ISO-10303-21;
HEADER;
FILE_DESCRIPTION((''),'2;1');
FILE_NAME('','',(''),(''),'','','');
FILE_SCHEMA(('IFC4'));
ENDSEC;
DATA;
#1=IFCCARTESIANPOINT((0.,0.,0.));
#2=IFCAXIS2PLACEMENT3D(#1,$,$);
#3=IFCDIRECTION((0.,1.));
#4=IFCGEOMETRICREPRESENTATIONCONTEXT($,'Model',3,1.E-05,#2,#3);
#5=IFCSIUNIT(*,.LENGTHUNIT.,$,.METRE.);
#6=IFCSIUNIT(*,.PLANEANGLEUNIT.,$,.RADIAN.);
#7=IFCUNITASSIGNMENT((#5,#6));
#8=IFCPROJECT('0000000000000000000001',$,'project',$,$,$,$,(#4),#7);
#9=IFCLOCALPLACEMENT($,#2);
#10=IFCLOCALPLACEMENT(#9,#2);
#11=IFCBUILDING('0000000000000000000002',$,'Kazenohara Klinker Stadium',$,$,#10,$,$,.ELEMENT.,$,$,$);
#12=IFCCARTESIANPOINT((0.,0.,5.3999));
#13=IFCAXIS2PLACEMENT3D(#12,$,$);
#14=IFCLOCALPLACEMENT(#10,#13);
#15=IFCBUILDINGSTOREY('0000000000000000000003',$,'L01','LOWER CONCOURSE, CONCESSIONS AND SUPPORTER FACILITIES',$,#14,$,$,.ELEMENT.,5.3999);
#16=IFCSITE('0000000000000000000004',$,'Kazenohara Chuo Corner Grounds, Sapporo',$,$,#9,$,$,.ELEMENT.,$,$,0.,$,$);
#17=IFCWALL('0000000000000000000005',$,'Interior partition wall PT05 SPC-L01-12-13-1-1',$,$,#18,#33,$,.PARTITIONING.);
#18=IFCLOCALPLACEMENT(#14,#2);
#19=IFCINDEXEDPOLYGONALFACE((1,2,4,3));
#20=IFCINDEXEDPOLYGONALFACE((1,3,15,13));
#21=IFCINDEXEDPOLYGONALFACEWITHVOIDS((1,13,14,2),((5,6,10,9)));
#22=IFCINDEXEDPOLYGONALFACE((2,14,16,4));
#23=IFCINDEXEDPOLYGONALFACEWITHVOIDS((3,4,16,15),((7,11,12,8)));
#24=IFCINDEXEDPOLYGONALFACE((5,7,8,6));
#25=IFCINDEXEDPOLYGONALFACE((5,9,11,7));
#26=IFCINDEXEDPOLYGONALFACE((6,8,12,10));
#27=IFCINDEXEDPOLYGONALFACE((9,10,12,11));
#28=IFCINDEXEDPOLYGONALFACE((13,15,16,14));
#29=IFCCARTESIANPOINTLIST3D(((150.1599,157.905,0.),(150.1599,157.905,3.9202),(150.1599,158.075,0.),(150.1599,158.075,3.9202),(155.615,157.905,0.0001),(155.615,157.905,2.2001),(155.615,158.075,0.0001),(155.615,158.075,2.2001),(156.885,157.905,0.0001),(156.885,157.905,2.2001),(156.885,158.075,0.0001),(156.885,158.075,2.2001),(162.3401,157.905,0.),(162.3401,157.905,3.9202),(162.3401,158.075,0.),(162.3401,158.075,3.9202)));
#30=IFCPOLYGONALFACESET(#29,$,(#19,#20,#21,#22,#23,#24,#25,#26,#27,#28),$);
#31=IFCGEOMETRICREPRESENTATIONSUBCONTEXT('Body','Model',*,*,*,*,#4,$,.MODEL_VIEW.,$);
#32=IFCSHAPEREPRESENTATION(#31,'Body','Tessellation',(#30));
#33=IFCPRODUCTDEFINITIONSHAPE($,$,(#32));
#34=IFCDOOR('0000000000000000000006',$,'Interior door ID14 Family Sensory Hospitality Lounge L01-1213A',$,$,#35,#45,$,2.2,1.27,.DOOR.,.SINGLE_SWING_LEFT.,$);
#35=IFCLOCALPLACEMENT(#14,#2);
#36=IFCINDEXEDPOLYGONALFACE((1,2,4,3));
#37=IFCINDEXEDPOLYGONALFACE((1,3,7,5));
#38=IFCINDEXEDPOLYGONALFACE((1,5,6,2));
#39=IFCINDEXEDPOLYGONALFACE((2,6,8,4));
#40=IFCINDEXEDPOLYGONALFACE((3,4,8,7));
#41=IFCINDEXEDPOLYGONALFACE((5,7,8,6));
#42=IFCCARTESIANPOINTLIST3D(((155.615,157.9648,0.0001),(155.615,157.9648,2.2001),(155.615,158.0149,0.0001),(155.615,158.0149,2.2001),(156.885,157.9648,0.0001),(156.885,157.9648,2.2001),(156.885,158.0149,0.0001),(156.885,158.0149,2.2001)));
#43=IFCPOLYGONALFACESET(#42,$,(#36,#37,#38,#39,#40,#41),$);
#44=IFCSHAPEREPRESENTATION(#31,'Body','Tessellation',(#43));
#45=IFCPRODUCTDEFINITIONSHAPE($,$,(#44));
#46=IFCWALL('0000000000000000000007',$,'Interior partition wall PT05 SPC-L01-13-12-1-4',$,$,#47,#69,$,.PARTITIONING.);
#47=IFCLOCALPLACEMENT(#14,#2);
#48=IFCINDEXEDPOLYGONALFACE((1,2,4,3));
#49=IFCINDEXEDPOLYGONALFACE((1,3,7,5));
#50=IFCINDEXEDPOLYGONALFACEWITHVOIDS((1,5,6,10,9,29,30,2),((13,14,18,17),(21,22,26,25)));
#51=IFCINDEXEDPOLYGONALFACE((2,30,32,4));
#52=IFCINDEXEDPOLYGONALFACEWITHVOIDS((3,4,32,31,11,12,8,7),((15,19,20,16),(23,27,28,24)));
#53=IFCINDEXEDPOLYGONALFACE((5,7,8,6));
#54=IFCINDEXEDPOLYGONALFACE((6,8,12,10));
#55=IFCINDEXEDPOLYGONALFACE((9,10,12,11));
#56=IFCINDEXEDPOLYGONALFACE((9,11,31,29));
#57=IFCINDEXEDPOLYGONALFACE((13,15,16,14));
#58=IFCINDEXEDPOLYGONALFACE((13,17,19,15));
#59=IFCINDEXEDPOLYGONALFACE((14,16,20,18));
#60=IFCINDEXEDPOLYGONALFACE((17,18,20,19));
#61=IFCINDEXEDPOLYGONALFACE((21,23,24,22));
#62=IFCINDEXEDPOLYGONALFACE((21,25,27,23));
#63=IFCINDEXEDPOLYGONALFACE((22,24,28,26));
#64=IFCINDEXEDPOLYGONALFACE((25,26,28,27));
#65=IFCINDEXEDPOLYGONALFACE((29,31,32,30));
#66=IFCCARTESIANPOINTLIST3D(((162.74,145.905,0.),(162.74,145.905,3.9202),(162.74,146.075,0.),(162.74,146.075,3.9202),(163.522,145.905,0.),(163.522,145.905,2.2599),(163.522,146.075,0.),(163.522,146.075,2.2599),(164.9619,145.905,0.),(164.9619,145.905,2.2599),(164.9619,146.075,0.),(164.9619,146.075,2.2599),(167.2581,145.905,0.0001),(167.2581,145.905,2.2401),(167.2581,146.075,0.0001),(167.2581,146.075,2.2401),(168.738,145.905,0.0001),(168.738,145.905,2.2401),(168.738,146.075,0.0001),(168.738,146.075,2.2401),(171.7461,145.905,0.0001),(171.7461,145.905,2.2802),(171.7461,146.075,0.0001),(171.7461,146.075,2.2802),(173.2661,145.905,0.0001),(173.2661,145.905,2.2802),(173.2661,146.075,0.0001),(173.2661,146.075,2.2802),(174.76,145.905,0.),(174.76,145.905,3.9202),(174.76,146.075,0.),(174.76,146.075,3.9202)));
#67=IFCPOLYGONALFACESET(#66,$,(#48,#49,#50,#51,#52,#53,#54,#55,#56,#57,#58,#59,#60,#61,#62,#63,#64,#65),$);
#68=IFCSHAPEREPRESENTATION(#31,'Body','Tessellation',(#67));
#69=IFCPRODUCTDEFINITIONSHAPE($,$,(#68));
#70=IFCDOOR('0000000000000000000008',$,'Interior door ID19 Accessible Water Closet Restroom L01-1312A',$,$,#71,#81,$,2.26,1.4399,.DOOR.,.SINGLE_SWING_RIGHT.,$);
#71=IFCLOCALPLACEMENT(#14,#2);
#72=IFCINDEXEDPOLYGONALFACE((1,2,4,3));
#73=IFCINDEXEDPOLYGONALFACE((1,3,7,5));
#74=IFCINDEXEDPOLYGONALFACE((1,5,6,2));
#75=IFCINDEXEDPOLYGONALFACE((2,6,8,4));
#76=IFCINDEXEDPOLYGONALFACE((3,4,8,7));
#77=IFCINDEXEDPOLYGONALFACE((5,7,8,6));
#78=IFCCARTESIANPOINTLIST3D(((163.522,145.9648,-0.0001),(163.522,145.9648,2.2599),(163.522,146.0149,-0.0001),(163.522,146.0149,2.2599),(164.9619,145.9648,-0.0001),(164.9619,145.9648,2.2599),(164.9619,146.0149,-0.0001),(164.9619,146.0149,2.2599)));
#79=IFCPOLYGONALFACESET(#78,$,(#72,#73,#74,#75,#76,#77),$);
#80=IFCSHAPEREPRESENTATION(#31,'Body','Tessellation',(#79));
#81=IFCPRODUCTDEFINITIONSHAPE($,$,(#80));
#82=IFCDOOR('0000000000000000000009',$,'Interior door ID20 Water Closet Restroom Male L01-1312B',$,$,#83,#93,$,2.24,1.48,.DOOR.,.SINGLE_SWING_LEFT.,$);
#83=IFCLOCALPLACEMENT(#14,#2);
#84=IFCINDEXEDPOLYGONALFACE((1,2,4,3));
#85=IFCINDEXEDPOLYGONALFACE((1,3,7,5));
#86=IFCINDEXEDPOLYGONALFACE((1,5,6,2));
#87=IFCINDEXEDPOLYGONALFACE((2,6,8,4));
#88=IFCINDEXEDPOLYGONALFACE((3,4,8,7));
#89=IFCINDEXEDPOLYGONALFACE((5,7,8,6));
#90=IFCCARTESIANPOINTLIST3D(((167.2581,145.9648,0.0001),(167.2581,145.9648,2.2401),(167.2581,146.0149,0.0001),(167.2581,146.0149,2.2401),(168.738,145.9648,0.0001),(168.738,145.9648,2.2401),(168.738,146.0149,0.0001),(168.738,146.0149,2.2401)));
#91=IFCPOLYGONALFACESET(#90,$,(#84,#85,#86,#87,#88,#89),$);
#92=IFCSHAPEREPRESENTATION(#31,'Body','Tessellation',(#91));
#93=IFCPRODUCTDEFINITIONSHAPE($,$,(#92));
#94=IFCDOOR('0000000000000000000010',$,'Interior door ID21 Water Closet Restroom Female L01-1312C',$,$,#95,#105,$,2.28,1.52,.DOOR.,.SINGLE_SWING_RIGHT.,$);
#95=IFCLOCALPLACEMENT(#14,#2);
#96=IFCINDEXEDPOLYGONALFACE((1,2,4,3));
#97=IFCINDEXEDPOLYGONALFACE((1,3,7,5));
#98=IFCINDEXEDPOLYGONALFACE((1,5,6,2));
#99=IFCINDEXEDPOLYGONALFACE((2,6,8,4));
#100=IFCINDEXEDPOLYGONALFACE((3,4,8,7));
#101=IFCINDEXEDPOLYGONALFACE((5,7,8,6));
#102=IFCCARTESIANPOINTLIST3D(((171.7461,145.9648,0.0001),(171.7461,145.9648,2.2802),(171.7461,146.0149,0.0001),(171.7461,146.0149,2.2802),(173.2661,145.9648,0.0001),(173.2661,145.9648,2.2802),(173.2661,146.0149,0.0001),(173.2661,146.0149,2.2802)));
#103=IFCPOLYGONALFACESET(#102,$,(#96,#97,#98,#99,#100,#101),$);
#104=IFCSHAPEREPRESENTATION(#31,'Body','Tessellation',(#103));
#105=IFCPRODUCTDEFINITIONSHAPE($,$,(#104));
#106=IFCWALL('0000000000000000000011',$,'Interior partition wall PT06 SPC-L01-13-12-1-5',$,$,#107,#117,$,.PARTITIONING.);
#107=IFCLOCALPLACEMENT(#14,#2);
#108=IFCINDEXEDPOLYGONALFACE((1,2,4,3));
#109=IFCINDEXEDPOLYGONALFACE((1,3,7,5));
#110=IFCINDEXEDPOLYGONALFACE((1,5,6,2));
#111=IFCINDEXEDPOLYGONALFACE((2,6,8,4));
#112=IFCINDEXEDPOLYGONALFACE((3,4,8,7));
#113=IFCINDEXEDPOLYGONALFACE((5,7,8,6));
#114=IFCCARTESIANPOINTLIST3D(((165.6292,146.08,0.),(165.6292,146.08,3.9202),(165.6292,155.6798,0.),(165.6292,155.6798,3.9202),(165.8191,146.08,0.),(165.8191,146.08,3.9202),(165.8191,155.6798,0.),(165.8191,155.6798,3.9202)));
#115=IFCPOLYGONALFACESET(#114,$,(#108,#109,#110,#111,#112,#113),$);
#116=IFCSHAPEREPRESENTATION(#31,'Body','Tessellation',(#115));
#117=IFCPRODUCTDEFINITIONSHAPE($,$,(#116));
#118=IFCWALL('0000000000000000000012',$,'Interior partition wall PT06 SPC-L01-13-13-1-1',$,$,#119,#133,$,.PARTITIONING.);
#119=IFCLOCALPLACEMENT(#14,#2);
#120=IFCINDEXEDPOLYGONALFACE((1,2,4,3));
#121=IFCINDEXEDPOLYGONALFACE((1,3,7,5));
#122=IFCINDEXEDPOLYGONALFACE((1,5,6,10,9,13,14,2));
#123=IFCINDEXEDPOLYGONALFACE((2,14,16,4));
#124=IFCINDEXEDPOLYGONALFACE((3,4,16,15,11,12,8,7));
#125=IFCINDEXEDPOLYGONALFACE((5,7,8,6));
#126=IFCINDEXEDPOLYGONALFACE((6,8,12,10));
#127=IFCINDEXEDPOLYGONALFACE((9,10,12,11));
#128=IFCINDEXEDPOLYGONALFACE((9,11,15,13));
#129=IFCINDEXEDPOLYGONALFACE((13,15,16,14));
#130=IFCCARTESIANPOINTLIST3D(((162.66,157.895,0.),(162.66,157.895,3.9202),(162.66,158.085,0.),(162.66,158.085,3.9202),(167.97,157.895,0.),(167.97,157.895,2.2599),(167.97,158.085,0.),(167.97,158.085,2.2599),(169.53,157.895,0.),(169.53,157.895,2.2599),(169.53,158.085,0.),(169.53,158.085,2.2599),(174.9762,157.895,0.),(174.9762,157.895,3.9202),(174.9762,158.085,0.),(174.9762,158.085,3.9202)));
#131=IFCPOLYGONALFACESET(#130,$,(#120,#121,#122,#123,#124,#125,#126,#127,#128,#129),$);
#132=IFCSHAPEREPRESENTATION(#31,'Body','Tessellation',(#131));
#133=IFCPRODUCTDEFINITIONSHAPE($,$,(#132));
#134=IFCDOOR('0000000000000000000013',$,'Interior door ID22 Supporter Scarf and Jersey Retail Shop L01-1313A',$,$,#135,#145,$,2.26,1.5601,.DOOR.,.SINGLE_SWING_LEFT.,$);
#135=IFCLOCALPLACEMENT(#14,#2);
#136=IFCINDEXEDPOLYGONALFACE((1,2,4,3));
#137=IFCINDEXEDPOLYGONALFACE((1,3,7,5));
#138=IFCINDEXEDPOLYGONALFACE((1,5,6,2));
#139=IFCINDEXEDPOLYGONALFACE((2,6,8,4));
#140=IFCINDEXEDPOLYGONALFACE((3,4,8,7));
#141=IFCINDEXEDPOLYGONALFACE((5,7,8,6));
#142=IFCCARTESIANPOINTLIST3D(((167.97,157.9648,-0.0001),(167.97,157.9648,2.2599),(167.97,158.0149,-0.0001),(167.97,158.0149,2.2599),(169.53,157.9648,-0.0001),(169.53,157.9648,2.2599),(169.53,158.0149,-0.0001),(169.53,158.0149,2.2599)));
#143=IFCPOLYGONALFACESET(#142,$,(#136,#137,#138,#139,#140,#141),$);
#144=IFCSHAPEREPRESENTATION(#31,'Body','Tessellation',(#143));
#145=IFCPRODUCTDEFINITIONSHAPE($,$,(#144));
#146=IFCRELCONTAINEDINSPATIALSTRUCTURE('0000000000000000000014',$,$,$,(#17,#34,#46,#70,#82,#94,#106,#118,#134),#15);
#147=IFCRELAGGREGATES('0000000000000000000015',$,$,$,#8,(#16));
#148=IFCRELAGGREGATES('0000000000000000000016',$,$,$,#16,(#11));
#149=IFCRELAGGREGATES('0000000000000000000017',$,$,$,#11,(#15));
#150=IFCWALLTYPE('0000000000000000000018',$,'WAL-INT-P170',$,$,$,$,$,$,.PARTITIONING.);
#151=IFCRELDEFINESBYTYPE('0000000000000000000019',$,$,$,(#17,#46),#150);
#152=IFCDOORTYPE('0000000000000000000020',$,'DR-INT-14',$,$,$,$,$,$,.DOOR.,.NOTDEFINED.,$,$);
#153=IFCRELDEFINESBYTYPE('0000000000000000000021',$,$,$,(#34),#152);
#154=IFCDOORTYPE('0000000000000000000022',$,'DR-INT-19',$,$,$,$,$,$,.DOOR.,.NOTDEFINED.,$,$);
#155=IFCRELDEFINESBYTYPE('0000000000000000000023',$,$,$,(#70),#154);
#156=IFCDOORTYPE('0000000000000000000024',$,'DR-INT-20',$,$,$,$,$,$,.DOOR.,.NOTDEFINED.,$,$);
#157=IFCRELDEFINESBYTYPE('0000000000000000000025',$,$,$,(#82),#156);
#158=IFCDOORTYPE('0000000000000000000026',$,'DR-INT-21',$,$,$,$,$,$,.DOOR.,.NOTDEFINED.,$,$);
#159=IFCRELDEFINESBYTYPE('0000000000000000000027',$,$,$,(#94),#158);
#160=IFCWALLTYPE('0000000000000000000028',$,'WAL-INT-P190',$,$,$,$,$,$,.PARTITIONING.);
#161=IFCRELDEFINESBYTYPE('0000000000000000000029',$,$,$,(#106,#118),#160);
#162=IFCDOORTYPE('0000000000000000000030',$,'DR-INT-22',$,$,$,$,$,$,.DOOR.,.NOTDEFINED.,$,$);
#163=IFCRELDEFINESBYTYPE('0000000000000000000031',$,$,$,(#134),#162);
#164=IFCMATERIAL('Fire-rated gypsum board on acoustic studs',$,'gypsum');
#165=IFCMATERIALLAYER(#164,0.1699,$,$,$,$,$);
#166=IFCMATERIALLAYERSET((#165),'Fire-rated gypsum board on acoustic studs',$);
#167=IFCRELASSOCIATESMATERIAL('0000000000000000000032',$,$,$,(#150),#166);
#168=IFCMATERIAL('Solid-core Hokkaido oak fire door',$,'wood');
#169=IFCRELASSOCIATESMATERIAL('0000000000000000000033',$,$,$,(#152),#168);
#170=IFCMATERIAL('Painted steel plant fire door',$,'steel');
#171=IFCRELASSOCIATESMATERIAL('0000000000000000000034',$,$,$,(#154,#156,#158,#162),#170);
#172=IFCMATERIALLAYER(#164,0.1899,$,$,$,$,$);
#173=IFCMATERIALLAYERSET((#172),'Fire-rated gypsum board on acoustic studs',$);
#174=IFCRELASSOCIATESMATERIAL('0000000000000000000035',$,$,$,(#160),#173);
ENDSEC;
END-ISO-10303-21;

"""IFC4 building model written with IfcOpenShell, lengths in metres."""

from ifc_helpers import new_model, si_unit, direction, frame, frame_2d, origin, place, context, subcontext, project, spatial, rectangle, extrude, material, layer, layer_set, type_object, element, fill, save


model = new_model("IFC4")

# Units and contexts
model_context = context("Model", 3, precision=1e-05, world=origin(), true_north=direction((0.0, 1.0)))
body_context = subcontext(model_context, "Body", "Model", "MODEL_VIEW")
ifc_project = project(units=[si_unit("LENGTHUNIT", "METRE"), si_unit("PLANEANGLEUNIT", "RADIAN")], contexts=[model_context])

# Site, building, storey
site_placement = place(None, origin())
site = spatial("IfcSite", under=ifc_project, at=site_placement, Name="Kazenohara Chuo Corner Grounds, Sapporo", CompositionType="ELEMENT", RefElevation=0.0)
building_placement = place(site_placement, origin())
building = spatial("IfcBuilding", under=site, at=building_placement, Name="Kazenohara Klinker Stadium", CompositionType="ELEMENT")
storey_placement = place(building_placement, frame((0.0, 0.0, 5.3999)))
storey = spatial("IfcBuildingStorey", under=building, at=storey_placement, Name="L01", Description="LOWER CONCOURSE, CONCESSIONS AND SUPPORTER FACILITIES", CompositionType="ELEMENT", Elevation=5.3999)

# Shared definitions
ifc_material_1 = material(Name="Fire-rated gypsum board on acoustic studs", Category="gypsum")

# Shared definitions
ifc_material_2 = material(Name="Solid-core Hokkaido oak fire door", Category="wood")

# Wall, opening, door
ifc_layer_1 = layer(ifc_material_1, 0.1699)
ifc_layer_set_1 = layer_set([ifc_layer_1], Name="Fire-rated gypsum board on acoustic studs")
wall_type_1 = type_object("IfcWallType", Name="WAL-INT-P170", PredefinedType="PARTITIONING", material=ifc_layer_set_1)
wall_1_placement = place(storey_placement, frame((150.1599, 157.99, 0.0), z_axis=(0.0, 0.0, 1.0), x_axis=(1.0, 0.0, 0.0)))
wall_1 = element("IfcWall", 1, at=wall_1_placement, inside=storey, type_object=wall_type_1, Name="Interior partition wall PT05 SPC-L01-12-13-1-1", PredefinedType="PARTITIONING", context=body_context, shape_type="SweptSolid", body=[
    extrude(rectangle(XDim=12.1802, YDim=0.1699, at=frame_2d((6.0901, 0.0))), origin(), (0.0, 0.0, 1.0), 3.9202),
])
opening_1_placement = place(wall_1_placement, frame((5.4551, 0.0, 0.0)))
opening_1 = element("IfcOpeningElement", 2, at=opening_1_placement, cuts=wall_1, PredefinedType="OPENING", context=body_context, shape_type="SweptSolid", body=[
    extrude(rectangle(XDim=1.27, YDim=2.2, at=frame_2d((0.635, 1.1001))), frame((0.0, 0.095, 0.0), z_axis=(0.0, -1.0, 0.0), x_axis=(1.0, 0.0, 0.0)), (0.0, 0.0, 1.0), 0.1899),
])
door_type_1 = type_object("IfcDoorType", Name="DR-INT-14", OperationType="NOTDEFINED", PredefinedType="DOOR", material=ifc_material_2)
door_1_placement = place(opening_1_placement, origin())
door_1 = element("IfcDoor", 3, at=door_1_placement, inside=storey, type_object=door_type_1, Name="Interior door ID14 Family Sensory Hospitality Lounge L01-1213A", OperationType="SINGLE_SWING_LEFT", OverallHeight=2.2, OverallWidth=1.27, PredefinedType="DOOR", context=body_context, shape_type="SweptSolid", body=[
    extrude(rectangle(XDim=1.27, YDim=2.2, at=frame_2d((0.635, 1.1001))), frame((0.0, 0.0249, 0.0), z_axis=(0.0, -1.0, 0.0), x_axis=(1.0, 0.0, 0.0)), (0.0, 0.0, 1.0), 0.05),
])
fill(opening_1, door_1)

# Wall, openings, doors
wall_2_placement = place(storey_placement, frame((162.74, 145.99, 0.0), z_axis=(0.0, 0.0, 1.0), x_axis=(1.0, 0.0, 0.0)))
wall_2 = element("IfcWall", 4, at=wall_2_placement, inside=storey, type_object=wall_type_1, Name="Interior partition wall PT05 SPC-L01-13-12-1-4", PredefinedType="PARTITIONING", context=body_context, shape_type="SweptSolid", body=[
    extrude(rectangle(XDim=12.02, YDim=0.1699, at=frame_2d((6.01, 0.0))), origin(), (0.0, 0.0, 1.0), 3.9202),
])
opening_2_placement = place(wall_2_placement, frame((0.782, 0.0, 0.0)))
opening_2 = element("IfcOpeningElement", 5, at=opening_2_placement, cuts=wall_2, PredefinedType="OPENING", context=body_context, shape_type="SweptSolid", body=[
    extrude(rectangle(XDim=1.4399, YDim=2.26, at=frame_2d((0.72, 1.1299))), frame((0.0, 0.095, 0.0), z_axis=(0.0, -1.0, 0.0), x_axis=(1.0, 0.0, 0.0)), (0.0, 0.0, 1.0), 0.1899),
])
opening_3_placement = place(wall_2_placement, frame((4.5181, 0.0, 0.0)))
opening_3 = element("IfcOpeningElement", 6, at=opening_3_placement, cuts=wall_2, PredefinedType="OPENING", context=body_context, shape_type="SweptSolid", body=[
    extrude(rectangle(XDim=1.48, YDim=2.24, at=frame_2d((0.74, 1.1201))), frame((0.0, 0.095, 0.0), z_axis=(0.0, -1.0, 0.0), x_axis=(1.0, 0.0, 0.0)), (0.0, 0.0, 1.0), 0.1899),
])
opening_4_placement = place(wall_2_placement, frame((9.0061, 0.0, 0.0)))
opening_4 = element("IfcOpeningElement", 7, at=opening_4_placement, cuts=wall_2, PredefinedType="OPENING", context=body_context, shape_type="SweptSolid", body=[
    extrude(rectangle(XDim=1.52, YDim=2.28, at=frame_2d((0.76, 1.1401))), frame((0.0, 0.095, 0.0), z_axis=(0.0, -1.0, 0.0), x_axis=(1.0, 0.0, 0.0)), (0.0, 0.0, 1.0), 0.1899),
])
ifc_material_3 = material(Name="Painted steel plant fire door", Category="steel")
door_type_2 = type_object("IfcDoorType", Name="DR-INT-19", OperationType="NOTDEFINED", PredefinedType="DOOR", material=ifc_material_3)
door_2_placement = place(opening_2_placement, origin())
door_2 = element("IfcDoor", 8, at=door_2_placement, inside=storey, type_object=door_type_2, Name="Interior door ID19 Accessible Water Closet Restroom L01-1312A", OperationType="SINGLE_SWING_RIGHT", OverallHeight=2.26, OverallWidth=1.4399, PredefinedType="DOOR", context=body_context, shape_type="SweptSolid", body=[
    extrude(rectangle(XDim=1.4399, YDim=2.26, at=frame_2d((0.72, 1.1299))), frame((0.0, 0.0249, 0.0), z_axis=(0.0, -1.0, 0.0), x_axis=(1.0, 0.0, 0.0)), (0.0, 0.0, 1.0), 0.05),
])
fill(opening_2, door_2)
door_type_3 = type_object("IfcDoorType", Name="DR-INT-20", OperationType="NOTDEFINED", PredefinedType="DOOR", material=ifc_material_3)
door_3_placement = place(opening_3_placement, origin())
door_3 = element("IfcDoor", 9, at=door_3_placement, inside=storey, type_object=door_type_3, Name="Interior door ID20 Water Closet Restroom Male L01-1312B", OperationType="SINGLE_SWING_LEFT", OverallHeight=2.24, OverallWidth=1.48, PredefinedType="DOOR", context=body_context, shape_type="SweptSolid", body=[
    extrude(rectangle(XDim=1.48, YDim=2.24, at=frame_2d((0.74, 1.1201))), frame((0.0, 0.0249, 0.0), z_axis=(0.0, -1.0, 0.0), x_axis=(1.0, 0.0, 0.0)), (0.0, 0.0, 1.0), 0.05),
])
fill(opening_3, door_3)
door_type_4 = type_object("IfcDoorType", Name="DR-INT-21", OperationType="NOTDEFINED", PredefinedType="DOOR", material=ifc_material_3)
door_4_placement = place(opening_4_placement, origin())
door_4 = element("IfcDoor", 10, at=door_4_placement, inside=storey, type_object=door_type_4, Name="Interior door ID21 Water Closet Restroom Female L01-1312C", OperationType="SINGLE_SWING_RIGHT", OverallHeight=2.28, OverallWidth=1.52, PredefinedType="DOOR", context=body_context, shape_type="SweptSolid", body=[
    extrude(rectangle(XDim=1.52, YDim=2.28, at=frame_2d((0.76, 1.1401))), frame((0.0, 0.0249, 0.0), z_axis=(0.0, -1.0, 0.0), x_axis=(1.0, 0.0, 0.0)), (0.0, 0.0, 1.0), 0.05),
])
fill(opening_4, door_4)

# Wall
ifc_layer_2 = layer(ifc_material_1, 0.1899)
ifc_layer_set_2 = layer_set([ifc_layer_2], Name="Fire-rated gypsum board on acoustic studs")
wall_type_2 = type_object("IfcWallType", Name="WAL-INT-P190", PredefinedType="PARTITIONING", material=ifc_layer_set_2)
wall_3_placement = place(storey_placement, frame((165.7241, 146.0801, 0.0), z_axis=(0.0, 0.0, 1.0), x_axis=(0.0, 1.0, 0.0)))
element("IfcWall", 11, at=wall_3_placement, inside=storey, type_object=wall_type_2, Name="Interior partition wall PT06 SPC-L01-13-12-1-5", PredefinedType="PARTITIONING", context=body_context, shape_type="SweptSolid", body=[
    extrude(rectangle(XDim=9.5999, YDim=0.1899, at=frame_2d((4.7998, 0.0))), origin(), (0.0, 0.0, 1.0), 3.9202),
])

# Wall, opening, door
wall_4_placement = place(storey_placement, frame((162.6599, 157.99, 0.0), z_axis=(0.0, 0.0, 1.0), x_axis=(1.0, 0.0, 0.0)))
wall_4 = element("IfcWall", 12, at=wall_4_placement, inside=storey, type_object=wall_type_2, Name="Interior partition wall PT06 SPC-L01-13-13-1-1", PredefinedType="PARTITIONING", context=body_context, shape_type="SweptSolid", body=[
    extrude(rectangle(XDim=12.3162, YDim=0.1899, at=frame_2d((6.1582, 0.0))), origin(), (0.0, 0.0, 1.0), 3.9202),
])
opening_5_placement = place(wall_4_placement, frame((5.3101, 0.0, 0.0)))
opening_5 = element("IfcOpeningElement", 13, at=opening_5_placement, cuts=wall_4, PredefinedType="OPENING", context=body_context, shape_type="SweptSolid", body=[
    extrude(rectangle(XDim=1.5601, YDim=2.26, at=frame_2d((0.78, 1.1299))), frame((0.0, 0.105, 0.0), z_axis=(0.0, -1.0, 0.0), x_axis=(1.0, 0.0, 0.0)), (0.0, 0.0, 1.0), 0.21),
])
door_type_5 = type_object("IfcDoorType", Name="DR-INT-22", OperationType="NOTDEFINED", PredefinedType="DOOR", material=ifc_material_3)
door_5_placement = place(opening_5_placement, origin())
door_5 = element("IfcDoor", 14, at=door_5_placement, inside=storey, type_object=door_type_5, Name="Interior door ID22 Supporter Scarf and Jersey Retail Shop L01-1313A", OperationType="SINGLE_SWING_LEFT", OverallHeight=2.26, OverallWidth=1.5601, PredefinedType="DOOR", context=body_context, shape_type="SweptSolid", body=[
    extrude(rectangle(XDim=1.5601, YDim=2.26, at=frame_2d((0.78, 1.1299))), frame((0.0, 0.0249, 0.0), z_axis=(0.0, -1.0, 0.0), x_axis=(1.0, 0.0, 0.0)), (0.0, 0.0, 1.0), 0.05),
])
fill(opening_5, door_5)

save(model, "model.ifc")
